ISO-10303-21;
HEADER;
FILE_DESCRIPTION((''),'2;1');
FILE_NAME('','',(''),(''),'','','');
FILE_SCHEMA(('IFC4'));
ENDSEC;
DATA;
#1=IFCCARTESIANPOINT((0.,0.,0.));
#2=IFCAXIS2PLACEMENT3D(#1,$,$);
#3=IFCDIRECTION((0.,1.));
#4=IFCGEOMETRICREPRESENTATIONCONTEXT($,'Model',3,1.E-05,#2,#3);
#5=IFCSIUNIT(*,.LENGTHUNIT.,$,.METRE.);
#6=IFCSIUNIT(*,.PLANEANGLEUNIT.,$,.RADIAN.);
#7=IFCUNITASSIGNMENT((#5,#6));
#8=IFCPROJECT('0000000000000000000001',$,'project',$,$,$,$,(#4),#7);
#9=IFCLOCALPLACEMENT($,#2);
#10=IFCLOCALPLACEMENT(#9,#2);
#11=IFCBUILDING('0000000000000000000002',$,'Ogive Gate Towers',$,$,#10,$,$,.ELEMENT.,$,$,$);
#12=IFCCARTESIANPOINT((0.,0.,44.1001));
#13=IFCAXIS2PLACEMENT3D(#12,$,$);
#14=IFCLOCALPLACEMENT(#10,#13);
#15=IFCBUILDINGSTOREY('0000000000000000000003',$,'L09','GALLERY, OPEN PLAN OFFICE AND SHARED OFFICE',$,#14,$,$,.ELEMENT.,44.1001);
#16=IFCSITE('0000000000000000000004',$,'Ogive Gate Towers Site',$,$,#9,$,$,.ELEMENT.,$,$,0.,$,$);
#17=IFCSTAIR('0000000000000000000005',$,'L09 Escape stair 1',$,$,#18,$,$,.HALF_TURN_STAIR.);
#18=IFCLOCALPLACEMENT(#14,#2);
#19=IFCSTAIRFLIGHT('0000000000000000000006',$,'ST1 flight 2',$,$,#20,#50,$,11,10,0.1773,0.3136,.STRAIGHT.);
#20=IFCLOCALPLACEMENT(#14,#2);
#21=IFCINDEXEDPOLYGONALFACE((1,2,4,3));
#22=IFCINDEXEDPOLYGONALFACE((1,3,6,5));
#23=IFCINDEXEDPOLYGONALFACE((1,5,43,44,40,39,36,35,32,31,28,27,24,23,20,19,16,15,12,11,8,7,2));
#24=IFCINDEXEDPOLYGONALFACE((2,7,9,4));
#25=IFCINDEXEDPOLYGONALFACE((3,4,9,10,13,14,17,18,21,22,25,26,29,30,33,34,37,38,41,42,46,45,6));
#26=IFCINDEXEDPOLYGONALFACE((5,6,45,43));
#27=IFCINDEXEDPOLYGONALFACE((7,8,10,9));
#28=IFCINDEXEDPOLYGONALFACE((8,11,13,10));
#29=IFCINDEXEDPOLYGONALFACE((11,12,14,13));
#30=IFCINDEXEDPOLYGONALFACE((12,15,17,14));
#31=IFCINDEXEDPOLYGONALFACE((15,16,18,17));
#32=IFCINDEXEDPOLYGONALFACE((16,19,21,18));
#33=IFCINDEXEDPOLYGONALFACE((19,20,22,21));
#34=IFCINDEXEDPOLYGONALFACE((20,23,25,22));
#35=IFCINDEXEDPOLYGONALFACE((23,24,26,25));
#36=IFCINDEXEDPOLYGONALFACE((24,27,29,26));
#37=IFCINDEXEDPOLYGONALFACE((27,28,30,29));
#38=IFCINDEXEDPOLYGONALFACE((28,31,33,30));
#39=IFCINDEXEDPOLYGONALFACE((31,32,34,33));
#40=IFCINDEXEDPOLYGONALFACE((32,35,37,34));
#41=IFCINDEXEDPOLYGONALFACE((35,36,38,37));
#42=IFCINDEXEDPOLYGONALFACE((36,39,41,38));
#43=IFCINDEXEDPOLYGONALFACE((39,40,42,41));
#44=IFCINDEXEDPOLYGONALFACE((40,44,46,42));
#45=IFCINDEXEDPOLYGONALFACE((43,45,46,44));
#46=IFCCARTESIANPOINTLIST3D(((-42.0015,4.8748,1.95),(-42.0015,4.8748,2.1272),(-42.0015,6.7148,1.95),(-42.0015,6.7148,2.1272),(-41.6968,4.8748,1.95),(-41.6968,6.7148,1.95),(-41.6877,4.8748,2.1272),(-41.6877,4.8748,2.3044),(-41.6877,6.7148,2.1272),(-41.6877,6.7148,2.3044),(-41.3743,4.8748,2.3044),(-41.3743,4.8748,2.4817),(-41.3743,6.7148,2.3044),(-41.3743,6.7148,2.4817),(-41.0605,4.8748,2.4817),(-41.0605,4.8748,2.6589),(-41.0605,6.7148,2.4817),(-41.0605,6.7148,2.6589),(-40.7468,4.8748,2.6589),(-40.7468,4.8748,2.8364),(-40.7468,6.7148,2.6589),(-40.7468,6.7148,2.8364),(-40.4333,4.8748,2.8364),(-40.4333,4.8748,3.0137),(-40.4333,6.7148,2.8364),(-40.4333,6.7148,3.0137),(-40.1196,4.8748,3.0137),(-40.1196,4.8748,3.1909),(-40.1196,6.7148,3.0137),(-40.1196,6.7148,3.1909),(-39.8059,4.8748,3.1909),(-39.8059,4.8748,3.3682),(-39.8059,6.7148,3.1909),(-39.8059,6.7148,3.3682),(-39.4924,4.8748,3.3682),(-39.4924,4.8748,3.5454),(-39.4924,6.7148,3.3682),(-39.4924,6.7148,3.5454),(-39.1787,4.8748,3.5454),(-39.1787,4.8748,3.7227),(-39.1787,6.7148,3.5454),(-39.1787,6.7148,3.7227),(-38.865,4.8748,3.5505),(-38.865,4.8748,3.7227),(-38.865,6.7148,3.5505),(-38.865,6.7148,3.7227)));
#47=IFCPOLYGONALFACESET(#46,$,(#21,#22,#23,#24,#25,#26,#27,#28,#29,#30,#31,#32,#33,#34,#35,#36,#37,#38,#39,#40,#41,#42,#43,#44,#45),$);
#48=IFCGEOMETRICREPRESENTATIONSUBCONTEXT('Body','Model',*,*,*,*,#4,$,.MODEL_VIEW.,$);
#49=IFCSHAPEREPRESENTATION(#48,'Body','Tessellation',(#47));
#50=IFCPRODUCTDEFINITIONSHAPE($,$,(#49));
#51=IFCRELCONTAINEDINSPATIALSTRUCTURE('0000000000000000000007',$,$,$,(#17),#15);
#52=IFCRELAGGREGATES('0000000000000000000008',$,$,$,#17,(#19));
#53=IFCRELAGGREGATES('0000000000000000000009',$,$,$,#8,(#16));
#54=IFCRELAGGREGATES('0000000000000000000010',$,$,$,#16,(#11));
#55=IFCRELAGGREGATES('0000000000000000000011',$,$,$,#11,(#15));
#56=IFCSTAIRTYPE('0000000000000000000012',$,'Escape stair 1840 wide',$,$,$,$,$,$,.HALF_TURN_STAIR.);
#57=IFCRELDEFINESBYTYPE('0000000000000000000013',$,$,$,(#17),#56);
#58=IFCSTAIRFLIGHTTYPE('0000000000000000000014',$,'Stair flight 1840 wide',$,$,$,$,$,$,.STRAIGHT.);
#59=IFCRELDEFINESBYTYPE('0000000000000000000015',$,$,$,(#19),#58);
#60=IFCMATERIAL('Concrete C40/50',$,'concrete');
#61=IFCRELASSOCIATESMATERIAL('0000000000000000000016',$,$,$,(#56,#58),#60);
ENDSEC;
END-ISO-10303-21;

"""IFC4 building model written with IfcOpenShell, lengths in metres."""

from ifc_helpers import new_model, si_unit, direction, frame, origin, place, context, subcontext, project, spatial, polyline, outline, extrude, material, type_object, element, aggregate, save


model = new_model("IFC4")

# Units and contexts
model_context = context("Model", 3, precision=1e-05, world=origin(), true_north=direction((0.0, 1.0)))
body_context = subcontext(model_context, "Body", "Model", "MODEL_VIEW")
ifc_project = project(units=[si_unit("LENGTHUNIT", "METRE"), si_unit("PLANEANGLEUNIT", "RADIAN")], contexts=[model_context])

# Site, building, storey
site_placement = place(None, origin())
site = spatial("IfcSite", under=ifc_project, at=site_placement, Name="Ogive Gate Towers Site", CompositionType="ELEMENT", RefElevation=0.0)
building_placement = place(site_placement, origin())
building = spatial("IfcBuilding", under=site, at=building_placement, Name="Ogive Gate Towers", CompositionType="ELEMENT")
storey_placement = place(building_placement, frame((0.0, 0.0, 44.1001)))
storey = spatial("IfcBuildingStorey", under=building, at=storey_placement, Name="L09", Description="GALLERY, OPEN PLAN OFFICE AND SHARED OFFICE", CompositionType="ELEMENT", Elevation=44.1001)

# Stair, stair flight
ifc_material_1 = material(Name="Concrete C40/50", Category="concrete")
stair_type = type_object("IfcStairType", Name="Escape stair 1840 wide", PredefinedType="HALF_TURN_STAIR", material=ifc_material_1)
stair_placement = place(storey_placement, origin())
stair = element("IfcStair", 1, at=stair_placement, inside=storey, type_object=stair_type, Name="L09 Escape stair 1", PredefinedType="HALF_TURN_STAIR")
stair_flight_type = type_object("IfcStairFlightType", Name="Stair flight 1840 wide", PredefinedType="STRAIGHT", material=ifc_material_1)
stair_flight_1_placement = place(storey_placement, frame((-42.0015, 5.7949, 1.95), z_axis=(0.0, 0.0, 1.0), x_axis=(1.0, 0.0, 0.0)))
stair_flight_1 = element("IfcStairFlight", 2, at=stair_flight_1_placement, type_object=stair_flight_type, Name="ST1 flight 2", NumberOfRisers=11, NumberOfTreads=10, PredefinedType="STRAIGHT", RiserHeight=0.1773, TreadLength=0.3136, context=body_context, shape_type="SweptSolid", body=[
    extrude(outline(polyline([(0.0, 0.0), (0.0, 0.1772), (0.3137, 0.1772), (0.3137, 0.3545), (0.6272, 0.3545), (0.6272, 0.5317), (0.9409, 0.5317), (0.9409, 0.709), (1.2546, 0.709), (1.2546, 0.8865), (1.5681, 0.8865), (1.5681, 1.0637), (1.8818, 1.0637), (1.8818, 1.241), (2.1956, 1.241), (2.1956, 1.4182), (2.509, 1.4182), (2.509, 1.5955), (2.8228, 1.5955), (2.8228, 1.7727), (3.1365, 1.7727), (3.1365, 1.95), (3.1365, 1.6006), (0.3047, 0.0), (0.0, 0.0)])), frame((0.0, 0.9199, 0.0), z_axis=(0.0, -1.0, 0.0), x_axis=(1.0, 0.0, 0.0)), (0.0, 0.0, 1.0), 1.8401),
])
aggregate(stair, [stair_flight_1])

save(model, "model.ifc")
